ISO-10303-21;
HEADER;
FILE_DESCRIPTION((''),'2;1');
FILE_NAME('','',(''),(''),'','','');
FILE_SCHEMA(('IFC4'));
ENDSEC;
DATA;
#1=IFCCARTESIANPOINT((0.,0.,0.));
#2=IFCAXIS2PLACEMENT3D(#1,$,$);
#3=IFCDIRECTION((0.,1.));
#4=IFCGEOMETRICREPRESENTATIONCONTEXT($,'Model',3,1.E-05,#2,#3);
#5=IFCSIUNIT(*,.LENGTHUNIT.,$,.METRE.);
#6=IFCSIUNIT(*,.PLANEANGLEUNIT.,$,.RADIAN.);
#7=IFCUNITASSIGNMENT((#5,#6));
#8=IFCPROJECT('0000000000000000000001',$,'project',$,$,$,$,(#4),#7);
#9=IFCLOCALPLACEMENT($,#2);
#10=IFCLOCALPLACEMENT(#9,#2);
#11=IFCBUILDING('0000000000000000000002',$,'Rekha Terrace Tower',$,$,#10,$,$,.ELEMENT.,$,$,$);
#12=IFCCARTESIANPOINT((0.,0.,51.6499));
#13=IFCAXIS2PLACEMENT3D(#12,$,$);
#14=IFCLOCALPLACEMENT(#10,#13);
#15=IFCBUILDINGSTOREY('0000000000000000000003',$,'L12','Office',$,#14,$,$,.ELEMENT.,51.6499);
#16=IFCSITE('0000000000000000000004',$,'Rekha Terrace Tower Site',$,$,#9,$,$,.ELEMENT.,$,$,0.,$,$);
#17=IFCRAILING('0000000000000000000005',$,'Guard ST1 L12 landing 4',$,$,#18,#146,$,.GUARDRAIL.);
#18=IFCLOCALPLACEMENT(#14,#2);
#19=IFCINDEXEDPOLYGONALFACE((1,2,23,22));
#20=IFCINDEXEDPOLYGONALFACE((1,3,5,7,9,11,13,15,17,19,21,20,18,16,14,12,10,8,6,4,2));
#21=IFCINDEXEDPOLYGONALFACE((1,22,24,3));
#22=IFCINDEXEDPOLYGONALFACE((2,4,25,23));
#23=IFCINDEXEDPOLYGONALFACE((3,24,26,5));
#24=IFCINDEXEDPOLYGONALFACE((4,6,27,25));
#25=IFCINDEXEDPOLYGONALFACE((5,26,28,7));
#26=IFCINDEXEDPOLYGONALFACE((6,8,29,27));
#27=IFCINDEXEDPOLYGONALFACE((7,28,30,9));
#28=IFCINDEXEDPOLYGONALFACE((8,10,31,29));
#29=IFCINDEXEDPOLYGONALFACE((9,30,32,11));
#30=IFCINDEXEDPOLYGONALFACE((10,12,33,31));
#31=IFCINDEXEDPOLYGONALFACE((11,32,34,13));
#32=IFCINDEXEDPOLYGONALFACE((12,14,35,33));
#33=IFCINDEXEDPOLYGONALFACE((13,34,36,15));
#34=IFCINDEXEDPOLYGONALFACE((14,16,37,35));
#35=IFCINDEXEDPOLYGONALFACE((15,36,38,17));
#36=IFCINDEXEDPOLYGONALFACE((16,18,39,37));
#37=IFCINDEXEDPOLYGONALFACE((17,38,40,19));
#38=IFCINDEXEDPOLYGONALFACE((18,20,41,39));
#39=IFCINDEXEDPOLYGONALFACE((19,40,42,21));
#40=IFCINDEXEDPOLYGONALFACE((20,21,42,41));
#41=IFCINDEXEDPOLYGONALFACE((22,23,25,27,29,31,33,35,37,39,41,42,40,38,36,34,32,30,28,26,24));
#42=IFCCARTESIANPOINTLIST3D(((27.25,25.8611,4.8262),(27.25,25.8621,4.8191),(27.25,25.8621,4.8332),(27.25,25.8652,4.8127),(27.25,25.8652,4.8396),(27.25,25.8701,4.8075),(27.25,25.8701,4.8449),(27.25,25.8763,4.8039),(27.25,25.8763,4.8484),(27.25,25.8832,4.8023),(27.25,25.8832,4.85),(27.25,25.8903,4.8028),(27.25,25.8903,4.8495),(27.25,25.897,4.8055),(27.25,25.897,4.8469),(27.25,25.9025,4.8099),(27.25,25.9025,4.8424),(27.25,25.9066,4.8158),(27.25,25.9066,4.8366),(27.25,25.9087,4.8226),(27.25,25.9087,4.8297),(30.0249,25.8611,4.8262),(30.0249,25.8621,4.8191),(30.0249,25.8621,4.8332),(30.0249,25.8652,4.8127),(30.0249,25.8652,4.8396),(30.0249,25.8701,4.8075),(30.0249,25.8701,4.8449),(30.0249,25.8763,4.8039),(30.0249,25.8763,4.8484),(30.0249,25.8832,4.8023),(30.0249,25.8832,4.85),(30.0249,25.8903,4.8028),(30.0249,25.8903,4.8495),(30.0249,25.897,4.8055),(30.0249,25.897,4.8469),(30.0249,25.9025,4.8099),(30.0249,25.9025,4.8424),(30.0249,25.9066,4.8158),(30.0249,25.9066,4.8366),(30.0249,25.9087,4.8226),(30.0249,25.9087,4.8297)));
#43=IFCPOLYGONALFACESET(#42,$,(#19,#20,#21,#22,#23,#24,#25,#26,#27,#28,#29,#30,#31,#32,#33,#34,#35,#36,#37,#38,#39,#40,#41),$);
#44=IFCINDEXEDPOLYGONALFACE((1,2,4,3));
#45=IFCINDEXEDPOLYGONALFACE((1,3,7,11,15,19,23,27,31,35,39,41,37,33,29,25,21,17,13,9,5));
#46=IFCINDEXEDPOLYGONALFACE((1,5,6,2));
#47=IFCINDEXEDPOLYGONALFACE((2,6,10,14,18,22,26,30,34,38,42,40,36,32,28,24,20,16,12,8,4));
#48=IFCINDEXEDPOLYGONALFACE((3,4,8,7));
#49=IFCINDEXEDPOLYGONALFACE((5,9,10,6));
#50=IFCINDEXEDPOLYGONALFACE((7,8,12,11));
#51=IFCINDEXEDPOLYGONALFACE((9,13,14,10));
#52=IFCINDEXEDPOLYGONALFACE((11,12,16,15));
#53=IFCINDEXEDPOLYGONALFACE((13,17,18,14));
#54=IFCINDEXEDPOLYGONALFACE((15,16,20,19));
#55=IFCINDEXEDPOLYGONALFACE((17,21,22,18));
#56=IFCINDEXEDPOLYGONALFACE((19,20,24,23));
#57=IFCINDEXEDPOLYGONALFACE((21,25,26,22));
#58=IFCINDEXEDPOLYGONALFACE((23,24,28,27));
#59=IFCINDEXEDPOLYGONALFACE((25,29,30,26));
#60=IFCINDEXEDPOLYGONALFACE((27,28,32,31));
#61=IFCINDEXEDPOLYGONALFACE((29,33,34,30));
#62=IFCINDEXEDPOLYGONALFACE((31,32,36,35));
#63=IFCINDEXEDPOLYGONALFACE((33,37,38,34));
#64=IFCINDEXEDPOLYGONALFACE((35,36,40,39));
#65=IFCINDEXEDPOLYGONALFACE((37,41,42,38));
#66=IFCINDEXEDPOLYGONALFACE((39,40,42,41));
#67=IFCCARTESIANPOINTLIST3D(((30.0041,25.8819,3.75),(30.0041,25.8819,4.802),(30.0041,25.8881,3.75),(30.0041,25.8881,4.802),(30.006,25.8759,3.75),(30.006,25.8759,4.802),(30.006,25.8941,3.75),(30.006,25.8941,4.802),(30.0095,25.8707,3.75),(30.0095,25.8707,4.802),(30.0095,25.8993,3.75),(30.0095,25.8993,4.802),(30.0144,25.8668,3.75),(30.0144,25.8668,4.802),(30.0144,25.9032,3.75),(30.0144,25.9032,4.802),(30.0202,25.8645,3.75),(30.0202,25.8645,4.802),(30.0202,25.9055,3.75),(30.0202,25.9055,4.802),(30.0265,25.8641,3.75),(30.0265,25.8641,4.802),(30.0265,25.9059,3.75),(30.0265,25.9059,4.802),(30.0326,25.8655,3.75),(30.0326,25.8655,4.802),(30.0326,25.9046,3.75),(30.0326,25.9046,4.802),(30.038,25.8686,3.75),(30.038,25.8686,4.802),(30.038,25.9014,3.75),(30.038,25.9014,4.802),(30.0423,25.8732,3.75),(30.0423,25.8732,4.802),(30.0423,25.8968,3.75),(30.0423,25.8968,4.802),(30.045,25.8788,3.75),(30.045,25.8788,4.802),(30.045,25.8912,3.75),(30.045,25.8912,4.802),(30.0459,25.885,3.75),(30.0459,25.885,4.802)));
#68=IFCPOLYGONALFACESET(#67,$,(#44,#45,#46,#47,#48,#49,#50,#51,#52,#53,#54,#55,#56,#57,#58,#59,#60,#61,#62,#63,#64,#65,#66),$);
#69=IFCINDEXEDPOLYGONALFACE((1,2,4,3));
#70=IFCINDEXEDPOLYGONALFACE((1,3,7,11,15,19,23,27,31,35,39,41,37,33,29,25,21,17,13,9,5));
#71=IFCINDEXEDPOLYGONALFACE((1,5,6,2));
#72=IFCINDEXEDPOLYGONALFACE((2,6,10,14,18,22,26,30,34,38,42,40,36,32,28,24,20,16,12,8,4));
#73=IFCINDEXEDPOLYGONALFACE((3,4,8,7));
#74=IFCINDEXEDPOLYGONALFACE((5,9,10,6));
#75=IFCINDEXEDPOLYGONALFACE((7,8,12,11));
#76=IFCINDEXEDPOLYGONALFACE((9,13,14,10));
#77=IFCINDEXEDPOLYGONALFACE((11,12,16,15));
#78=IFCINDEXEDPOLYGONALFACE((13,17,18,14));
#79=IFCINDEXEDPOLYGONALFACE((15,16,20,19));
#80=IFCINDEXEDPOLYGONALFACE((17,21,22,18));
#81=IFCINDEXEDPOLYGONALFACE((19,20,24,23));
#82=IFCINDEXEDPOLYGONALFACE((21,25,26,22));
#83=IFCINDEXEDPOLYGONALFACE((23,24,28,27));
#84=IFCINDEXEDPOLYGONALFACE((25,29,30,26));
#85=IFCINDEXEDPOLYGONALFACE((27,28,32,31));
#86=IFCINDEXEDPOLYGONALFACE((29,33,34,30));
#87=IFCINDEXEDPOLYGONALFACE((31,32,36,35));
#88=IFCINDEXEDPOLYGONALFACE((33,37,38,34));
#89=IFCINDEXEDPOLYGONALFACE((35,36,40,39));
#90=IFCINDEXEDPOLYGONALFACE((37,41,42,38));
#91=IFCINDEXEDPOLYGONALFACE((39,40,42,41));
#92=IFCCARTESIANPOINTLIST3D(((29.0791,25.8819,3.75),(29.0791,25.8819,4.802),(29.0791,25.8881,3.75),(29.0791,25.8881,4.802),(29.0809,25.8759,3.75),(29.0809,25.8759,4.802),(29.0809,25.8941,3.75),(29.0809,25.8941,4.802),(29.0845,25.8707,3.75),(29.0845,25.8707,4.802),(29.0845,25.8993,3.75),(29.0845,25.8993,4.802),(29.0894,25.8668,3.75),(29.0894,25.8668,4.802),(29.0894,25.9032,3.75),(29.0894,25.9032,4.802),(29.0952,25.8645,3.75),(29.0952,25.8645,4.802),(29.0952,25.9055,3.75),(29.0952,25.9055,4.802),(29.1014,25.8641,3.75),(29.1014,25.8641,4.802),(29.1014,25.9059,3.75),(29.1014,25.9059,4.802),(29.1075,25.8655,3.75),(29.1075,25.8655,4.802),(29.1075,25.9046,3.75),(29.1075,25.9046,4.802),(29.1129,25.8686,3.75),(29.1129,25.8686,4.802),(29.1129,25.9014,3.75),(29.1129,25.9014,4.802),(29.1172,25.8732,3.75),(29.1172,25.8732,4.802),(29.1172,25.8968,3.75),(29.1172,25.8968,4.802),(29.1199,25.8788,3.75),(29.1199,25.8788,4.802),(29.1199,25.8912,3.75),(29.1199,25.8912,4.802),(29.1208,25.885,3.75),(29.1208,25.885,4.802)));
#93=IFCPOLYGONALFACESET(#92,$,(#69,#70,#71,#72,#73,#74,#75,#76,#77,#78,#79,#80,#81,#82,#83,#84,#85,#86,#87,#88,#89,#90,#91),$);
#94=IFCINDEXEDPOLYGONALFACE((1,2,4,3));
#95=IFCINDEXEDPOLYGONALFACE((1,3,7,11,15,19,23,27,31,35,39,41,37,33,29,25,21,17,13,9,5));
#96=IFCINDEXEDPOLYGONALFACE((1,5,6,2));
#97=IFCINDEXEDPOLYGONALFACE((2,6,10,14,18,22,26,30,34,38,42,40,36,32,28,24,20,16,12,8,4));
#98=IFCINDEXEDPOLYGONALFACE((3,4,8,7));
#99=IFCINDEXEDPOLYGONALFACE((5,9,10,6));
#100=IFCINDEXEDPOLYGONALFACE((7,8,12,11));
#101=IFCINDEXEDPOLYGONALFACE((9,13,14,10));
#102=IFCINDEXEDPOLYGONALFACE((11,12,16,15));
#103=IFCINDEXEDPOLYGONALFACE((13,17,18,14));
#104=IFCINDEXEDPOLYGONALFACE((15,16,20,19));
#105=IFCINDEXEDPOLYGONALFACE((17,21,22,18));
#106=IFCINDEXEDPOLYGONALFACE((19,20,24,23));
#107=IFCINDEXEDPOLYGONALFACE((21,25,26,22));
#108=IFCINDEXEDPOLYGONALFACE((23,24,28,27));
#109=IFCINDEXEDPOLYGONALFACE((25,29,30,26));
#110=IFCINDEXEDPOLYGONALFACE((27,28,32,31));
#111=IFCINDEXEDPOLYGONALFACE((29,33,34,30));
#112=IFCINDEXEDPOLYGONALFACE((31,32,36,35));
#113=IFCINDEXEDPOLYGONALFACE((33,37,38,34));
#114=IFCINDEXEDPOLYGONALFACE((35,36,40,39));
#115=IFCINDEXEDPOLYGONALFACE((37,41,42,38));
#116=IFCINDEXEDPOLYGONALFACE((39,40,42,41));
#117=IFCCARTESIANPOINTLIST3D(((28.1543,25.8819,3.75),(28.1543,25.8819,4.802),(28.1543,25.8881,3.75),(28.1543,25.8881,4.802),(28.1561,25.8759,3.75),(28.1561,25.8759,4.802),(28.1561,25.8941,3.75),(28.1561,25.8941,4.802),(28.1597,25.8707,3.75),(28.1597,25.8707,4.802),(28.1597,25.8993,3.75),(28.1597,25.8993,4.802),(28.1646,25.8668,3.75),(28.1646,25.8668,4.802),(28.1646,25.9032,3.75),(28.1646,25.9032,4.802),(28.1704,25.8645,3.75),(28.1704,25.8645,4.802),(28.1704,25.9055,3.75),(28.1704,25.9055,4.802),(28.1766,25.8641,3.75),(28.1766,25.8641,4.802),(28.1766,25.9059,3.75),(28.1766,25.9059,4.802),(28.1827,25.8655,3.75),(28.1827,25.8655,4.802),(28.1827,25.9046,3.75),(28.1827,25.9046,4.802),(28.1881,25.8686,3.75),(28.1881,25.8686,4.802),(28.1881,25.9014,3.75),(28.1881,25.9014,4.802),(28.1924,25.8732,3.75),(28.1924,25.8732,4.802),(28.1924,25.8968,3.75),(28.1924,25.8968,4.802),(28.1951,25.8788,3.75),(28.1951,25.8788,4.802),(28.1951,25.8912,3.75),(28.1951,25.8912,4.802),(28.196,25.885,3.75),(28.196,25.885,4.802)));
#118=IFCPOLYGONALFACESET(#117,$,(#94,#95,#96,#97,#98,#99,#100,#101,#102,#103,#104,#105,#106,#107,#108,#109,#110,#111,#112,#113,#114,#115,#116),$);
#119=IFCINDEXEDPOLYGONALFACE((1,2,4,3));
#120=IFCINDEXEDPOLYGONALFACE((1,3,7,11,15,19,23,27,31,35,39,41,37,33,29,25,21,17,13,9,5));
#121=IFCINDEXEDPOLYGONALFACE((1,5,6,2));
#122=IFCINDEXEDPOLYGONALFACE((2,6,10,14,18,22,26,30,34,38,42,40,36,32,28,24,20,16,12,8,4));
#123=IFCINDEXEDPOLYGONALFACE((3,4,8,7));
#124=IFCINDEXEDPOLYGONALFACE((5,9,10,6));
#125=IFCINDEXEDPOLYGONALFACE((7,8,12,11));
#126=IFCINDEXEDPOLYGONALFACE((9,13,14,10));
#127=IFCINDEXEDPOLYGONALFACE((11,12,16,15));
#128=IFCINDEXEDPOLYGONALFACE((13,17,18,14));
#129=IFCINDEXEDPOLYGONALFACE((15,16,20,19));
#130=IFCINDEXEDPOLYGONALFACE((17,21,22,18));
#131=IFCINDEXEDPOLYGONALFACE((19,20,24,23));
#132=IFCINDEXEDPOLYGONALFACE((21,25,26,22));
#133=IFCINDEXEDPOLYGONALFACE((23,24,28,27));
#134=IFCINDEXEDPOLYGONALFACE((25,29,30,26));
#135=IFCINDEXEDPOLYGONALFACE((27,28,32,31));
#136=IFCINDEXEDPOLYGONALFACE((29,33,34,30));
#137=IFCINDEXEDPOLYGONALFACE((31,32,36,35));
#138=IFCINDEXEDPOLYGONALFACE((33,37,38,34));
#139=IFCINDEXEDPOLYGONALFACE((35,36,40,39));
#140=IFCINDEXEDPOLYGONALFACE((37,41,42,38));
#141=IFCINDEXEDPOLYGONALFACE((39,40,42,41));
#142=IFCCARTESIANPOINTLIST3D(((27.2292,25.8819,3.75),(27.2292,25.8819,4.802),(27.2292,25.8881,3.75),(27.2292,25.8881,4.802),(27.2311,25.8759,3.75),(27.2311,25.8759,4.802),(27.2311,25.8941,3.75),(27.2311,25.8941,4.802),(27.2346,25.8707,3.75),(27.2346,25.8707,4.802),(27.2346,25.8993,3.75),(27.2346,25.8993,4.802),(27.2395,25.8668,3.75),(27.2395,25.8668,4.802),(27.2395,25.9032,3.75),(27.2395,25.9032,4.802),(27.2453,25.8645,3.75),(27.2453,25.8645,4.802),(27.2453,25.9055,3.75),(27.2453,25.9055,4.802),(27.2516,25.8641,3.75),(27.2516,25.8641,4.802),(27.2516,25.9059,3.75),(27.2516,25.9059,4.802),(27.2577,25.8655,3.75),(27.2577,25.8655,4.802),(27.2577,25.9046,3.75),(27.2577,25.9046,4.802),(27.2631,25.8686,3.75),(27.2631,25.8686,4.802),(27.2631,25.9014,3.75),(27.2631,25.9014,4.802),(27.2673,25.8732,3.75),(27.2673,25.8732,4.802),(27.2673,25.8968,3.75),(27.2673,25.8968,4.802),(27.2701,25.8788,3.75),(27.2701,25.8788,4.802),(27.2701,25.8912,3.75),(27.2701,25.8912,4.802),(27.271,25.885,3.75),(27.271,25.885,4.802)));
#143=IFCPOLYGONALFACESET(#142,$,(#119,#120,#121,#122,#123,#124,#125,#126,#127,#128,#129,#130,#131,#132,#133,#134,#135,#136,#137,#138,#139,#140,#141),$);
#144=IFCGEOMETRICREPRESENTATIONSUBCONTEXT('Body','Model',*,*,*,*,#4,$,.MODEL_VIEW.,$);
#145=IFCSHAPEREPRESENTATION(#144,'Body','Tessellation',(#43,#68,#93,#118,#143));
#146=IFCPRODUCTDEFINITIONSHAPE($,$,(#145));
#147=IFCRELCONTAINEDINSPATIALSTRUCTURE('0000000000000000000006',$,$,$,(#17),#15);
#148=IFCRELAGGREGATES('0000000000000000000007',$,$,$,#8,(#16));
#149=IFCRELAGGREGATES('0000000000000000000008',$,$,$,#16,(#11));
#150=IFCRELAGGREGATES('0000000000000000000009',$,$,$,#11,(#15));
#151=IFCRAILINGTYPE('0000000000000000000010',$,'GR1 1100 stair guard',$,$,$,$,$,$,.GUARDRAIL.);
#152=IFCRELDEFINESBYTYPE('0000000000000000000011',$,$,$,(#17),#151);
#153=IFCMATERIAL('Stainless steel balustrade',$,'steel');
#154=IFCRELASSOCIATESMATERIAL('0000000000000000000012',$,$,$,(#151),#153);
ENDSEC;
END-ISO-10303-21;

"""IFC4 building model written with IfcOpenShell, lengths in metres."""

from ifc_helpers import new_model, si_unit, direction, frame, origin, origin_2d, place, context, subcontext, project, spatial, circle, extrude, material, type_object, element, save


model = new_model("IFC4")

# Units and contexts
model_context = context("Model", 3, precision=1e-05, world=origin(), true_north=direction((0.0, 1.0)))
body_context = subcontext(model_context, "Body", "Model", "MODEL_VIEW")
ifc_project = project(units=[si_unit("LENGTHUNIT", "METRE"), si_unit("PLANEANGLEUNIT", "RADIAN")], contexts=[model_context])

# Site, building, storey
site_placement = place(None, origin())
site = spatial("IfcSite", under=ifc_project, at=site_placement, Name="Rekha Terrace Tower Site", CompositionType="ELEMENT", RefElevation=0.0)
building_placement = place(site_placement, origin())
building = spatial("IfcBuilding", under=site, at=building_placement, Name="Rekha Terrace Tower", CompositionType="ELEMENT")
storey_placement = place(building_placement, frame((0.0, 0.0, 51.6499)))
storey = spatial("IfcBuildingStorey", under=building, at=storey_placement, Name="L12", Description="Office", CompositionType="ELEMENT", Elevation=51.6499)

# Railing
ifc_material_1 = material(Name="Stainless steel balustrade", Category="steel")
railing_type_1 = type_object("IfcRailingType", Name="GR1 1100 stair guard", PredefinedType="GUARDRAIL", material=ifc_material_1)
railing_1_placement = place(storey_placement, frame((30.0249, 25.885, 3.75)))
element("IfcRailing", 1, at=railing_1_placement, inside=storey, type_object=railing_type_1, Name="Guard ST1 L12 landing 4", PredefinedType="GUARDRAIL", context=body_context, shape_type="SweptSolid", body=[
    extrude(circle(Radius=0.0239, at=origin_2d()), frame((0.0, 0.0, 1.0762), z_axis=(-1.0, 0.0, 0.0), x_axis=(0.0, -1.0, 0.0)), (0.0, 0.0, 1.0), 2.7749),
    extrude(circle(Radius=0.021, at=origin_2d()), origin(), (0.0, 0.0, 1.0), 1.052),
    extrude(circle(Radius=0.021, at=origin_2d()), frame((-0.925, 0.0, 0.0)), (0.0, 0.0, 1.0), 1.052),
    extrude(circle(Radius=0.021, at=origin_2d()), frame((-1.8499, 0.0, 0.0)), (0.0, 0.0, 1.0), 1.052),
    extrude(circle(Radius=0.021, at=origin_2d()), frame((-2.7749, 0.0, 0.0)), (0.0, 0.0, 1.0), 1.052),
])

save(model, "model.ifc")
